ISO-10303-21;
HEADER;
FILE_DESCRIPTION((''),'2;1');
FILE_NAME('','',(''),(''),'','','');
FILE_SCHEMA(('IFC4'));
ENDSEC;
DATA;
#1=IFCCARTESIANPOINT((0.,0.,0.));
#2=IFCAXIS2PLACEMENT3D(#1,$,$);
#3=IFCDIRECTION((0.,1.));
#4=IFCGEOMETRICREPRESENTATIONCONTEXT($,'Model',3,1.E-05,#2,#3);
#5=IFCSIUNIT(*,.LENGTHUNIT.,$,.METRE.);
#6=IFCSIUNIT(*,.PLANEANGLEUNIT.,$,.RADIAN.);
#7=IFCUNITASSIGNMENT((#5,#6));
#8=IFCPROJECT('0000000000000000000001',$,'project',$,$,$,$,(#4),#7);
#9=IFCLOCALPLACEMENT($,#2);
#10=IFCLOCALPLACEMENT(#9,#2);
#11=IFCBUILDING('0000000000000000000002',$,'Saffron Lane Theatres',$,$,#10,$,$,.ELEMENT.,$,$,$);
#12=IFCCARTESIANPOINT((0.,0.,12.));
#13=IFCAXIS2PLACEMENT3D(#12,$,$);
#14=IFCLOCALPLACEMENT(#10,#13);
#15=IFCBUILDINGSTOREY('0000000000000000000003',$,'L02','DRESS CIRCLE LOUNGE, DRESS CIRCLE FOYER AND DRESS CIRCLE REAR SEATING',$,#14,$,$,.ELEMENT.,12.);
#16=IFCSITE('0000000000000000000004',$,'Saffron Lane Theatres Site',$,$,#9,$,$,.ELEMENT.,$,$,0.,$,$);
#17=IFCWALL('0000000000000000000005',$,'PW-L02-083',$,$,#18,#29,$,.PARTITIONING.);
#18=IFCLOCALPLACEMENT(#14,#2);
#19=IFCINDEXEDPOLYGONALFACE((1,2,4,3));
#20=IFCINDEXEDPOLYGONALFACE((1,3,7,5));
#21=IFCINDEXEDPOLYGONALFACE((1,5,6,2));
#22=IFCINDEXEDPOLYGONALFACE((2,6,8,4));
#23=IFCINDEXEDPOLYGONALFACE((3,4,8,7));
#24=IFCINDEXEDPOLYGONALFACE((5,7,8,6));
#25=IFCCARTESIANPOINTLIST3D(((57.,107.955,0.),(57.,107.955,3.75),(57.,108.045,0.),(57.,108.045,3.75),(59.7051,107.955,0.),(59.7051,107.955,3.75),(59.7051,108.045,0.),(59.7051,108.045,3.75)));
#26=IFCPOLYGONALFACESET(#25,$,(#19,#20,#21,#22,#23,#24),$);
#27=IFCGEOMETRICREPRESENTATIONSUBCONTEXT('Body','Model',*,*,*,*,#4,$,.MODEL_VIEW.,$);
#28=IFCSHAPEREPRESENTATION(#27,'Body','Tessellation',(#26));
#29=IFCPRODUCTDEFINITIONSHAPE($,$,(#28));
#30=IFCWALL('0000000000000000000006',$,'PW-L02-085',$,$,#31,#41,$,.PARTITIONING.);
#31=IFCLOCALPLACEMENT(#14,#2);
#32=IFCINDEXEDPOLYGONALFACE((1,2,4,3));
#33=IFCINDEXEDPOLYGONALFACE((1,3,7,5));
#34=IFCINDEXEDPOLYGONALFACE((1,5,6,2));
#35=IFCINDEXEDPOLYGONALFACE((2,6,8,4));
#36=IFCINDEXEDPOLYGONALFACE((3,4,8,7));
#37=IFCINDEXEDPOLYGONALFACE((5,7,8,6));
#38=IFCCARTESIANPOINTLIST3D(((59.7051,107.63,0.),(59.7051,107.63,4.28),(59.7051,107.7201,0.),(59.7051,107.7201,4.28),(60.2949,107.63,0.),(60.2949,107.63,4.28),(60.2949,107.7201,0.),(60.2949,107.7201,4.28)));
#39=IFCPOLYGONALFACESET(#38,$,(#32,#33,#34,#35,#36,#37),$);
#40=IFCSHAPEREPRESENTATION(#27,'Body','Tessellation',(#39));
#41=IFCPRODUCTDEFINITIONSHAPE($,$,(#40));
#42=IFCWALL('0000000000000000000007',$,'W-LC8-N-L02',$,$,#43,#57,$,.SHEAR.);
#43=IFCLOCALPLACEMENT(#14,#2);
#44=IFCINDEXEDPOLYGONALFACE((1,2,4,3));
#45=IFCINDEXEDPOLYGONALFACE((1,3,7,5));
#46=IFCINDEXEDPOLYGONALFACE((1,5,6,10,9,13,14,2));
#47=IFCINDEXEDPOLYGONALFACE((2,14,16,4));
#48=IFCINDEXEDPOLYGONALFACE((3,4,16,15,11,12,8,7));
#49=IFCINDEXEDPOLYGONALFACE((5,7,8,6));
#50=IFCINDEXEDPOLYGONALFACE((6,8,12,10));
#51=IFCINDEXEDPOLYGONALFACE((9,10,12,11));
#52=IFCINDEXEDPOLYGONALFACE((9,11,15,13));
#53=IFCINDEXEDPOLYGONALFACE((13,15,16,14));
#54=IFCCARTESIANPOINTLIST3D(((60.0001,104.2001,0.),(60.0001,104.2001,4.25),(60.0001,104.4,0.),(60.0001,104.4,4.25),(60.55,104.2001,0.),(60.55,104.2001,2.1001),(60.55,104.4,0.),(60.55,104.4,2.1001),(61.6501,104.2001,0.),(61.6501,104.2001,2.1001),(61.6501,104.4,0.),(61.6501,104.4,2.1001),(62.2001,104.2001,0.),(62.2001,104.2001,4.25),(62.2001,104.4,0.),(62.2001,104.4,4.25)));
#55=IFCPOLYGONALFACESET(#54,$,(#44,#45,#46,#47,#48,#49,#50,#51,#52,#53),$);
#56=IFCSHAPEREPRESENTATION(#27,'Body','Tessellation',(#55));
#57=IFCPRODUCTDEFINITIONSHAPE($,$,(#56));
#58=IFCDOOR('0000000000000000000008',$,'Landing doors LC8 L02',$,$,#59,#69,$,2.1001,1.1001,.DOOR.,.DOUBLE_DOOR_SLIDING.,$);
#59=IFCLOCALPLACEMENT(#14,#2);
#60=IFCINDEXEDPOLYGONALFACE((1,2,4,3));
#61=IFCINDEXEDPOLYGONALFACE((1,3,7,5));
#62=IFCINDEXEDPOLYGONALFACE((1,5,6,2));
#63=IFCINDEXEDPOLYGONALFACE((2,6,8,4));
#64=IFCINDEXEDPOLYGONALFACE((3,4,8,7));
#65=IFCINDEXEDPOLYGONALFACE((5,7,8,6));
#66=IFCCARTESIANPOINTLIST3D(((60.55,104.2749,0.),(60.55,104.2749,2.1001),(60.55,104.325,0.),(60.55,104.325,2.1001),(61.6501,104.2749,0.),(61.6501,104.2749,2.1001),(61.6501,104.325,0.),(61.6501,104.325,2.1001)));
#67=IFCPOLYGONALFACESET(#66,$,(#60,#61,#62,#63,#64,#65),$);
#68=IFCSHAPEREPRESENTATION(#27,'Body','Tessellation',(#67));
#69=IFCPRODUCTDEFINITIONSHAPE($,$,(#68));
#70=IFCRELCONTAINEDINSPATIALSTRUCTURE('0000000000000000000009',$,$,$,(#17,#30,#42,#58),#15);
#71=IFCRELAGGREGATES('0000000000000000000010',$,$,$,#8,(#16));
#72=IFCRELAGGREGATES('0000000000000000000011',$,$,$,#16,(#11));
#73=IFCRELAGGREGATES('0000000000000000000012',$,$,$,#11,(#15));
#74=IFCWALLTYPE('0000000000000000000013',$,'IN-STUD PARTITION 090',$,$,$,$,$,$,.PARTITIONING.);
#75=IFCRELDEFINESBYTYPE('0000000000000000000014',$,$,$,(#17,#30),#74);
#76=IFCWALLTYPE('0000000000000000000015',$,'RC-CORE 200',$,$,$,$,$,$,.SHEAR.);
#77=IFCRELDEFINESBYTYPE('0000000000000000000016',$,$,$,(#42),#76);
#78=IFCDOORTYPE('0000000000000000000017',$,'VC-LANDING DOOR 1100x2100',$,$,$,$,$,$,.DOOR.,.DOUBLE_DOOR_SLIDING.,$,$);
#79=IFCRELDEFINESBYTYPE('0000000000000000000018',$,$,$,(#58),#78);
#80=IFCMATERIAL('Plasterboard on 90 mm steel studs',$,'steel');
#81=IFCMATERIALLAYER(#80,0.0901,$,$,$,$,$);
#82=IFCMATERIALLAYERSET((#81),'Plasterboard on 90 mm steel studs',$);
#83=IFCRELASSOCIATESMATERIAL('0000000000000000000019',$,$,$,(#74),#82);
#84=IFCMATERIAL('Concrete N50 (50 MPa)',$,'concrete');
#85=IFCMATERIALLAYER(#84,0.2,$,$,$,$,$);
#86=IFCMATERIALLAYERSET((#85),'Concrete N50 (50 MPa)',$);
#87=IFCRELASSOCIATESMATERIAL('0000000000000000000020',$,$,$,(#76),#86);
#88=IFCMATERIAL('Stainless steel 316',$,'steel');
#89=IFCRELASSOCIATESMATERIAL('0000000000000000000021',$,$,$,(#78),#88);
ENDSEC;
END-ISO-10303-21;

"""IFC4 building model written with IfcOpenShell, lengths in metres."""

from ifc_helpers import new_model, si_unit, direction, frame, frame_2d, origin, place, context, subcontext, project, spatial, rectangle, extrude, material, layer, layer_set, type_object, element, fill, save


model = new_model("IFC4")

# Units and contexts
model_context = context("Model", 3, precision=1e-05, world=origin(), true_north=direction((0.0, 1.0)))
body_context = subcontext(model_context, "Body", "Model", "MODEL_VIEW")
ifc_project = project(units=[si_unit("LENGTHUNIT", "METRE"), si_unit("PLANEANGLEUNIT", "RADIAN")], contexts=[model_context])

# Site, building, storey
site_placement = place(None, origin())
site = spatial("IfcSite", under=ifc_project, at=site_placement, Name="Saffron Lane Theatres Site", CompositionType="ELEMENT", RefElevation=0.0)
building_placement = place(site_placement, origin())
building = spatial("IfcBuilding", under=site, at=building_placement, Name="Saffron Lane Theatres", CompositionType="ELEMENT")
storey_placement = place(building_placement, frame((0.0, 0.0, 12.0)))
storey = spatial("IfcBuildingStorey", under=building, at=storey_placement, Name="L02", Description="DRESS CIRCLE LOUNGE, DRESS CIRCLE FOYER AND DRESS CIRCLE REAR SEATING", CompositionType="ELEMENT", Elevation=12.0)

# Shared definitions
ifc_material_1 = material(Name="Plasterboard on 90 mm steel studs", Category="steel")
ifc_layer_1 = layer(ifc_material_1, 0.0901)
ifc_layer_set_1 = layer_set([ifc_layer_1], Name="Plasterboard on 90 mm steel studs")
wall_type_1 = type_object("IfcWallType", Name="IN-STUD PARTITION 090", PredefinedType="PARTITIONING", material=ifc_layer_set_1)

# Walls
wall_1_placement = place(storey_placement, frame((57.0, 108.0, 0.0), z_axis=(0.0, 0.0, 1.0), x_axis=(1.0, 0.0, 0.0)))
element("IfcWall", 1, at=wall_1_placement, inside=storey, type_object=wall_type_1, Name="PW-L02-083", PredefinedType="PARTITIONING", context=body_context, shape_type="SweptSolid", body=[
    extrude(rectangle(XDim=2.7051, YDim=0.0901, at=frame_2d((1.3525, 0.0))), origin(), (0.0, 0.0, 1.0), 3.75),
])
wall_2_placement = place(storey_placement, frame((59.7051, 107.675, 0.0), z_axis=(0.0, 0.0, 1.0), x_axis=(1.0, 0.0, 0.0)))
element("IfcWall", 2, at=wall_2_placement, inside=storey, type_object=wall_type_1, Name="PW-L02-085", PredefinedType="PARTITIONING", context=body_context, shape_type="SweptSolid", body=[
    extrude(rectangle(XDim=0.5898, YDim=0.0901, at=frame_2d((0.2949, 0.0))), origin(), (0.0, 0.0, 1.0), 4.28),
])

# Wall, opening, door
ifc_material_2 = material(Name="Concrete N50 (50 MPa)", Category="concrete")
ifc_layer_2 = layer(ifc_material_2, 0.2)
ifc_layer_set_2 = layer_set([ifc_layer_2], Name="Concrete N50 (50 MPa)")
wall_type_2 = type_object("IfcWallType", Name="RC-CORE 200", PredefinedType="SHEAR", material=ifc_layer_set_2)
wall_3_placement = place(storey_placement, frame((60.0, 104.3, 0.0), z_axis=(0.0, 0.0, 1.0), x_axis=(1.0, 0.0, 0.0)))
wall_3 = element("IfcWall", 3, at=wall_3_placement, inside=storey, type_object=wall_type_2, Name="W-LC8-N-L02", PredefinedType="SHEAR", context=body_context, shape_type="SweptSolid", body=[
    extrude(rectangle(XDim=2.2, YDim=0.2, at=frame_2d((1.1001, 0.0))), origin(), (0.0, 0.0, 1.0), 4.25),
])
opening_1_placement = place(wall_3_placement, frame((0.55, 0.0, 0.0)))
opening_1 = element("IfcOpeningElement", 4, at=opening_1_placement, cuts=wall_3, PredefinedType="OPENING", context=body_context, shape_type="SweptSolid", body=[
    extrude(rectangle(XDim=1.1001, YDim=2.1001, at=frame_2d((0.55, 1.05))), frame((0.0, 0.1099, 0.0), z_axis=(0.0, -1.0, 0.0), x_axis=(1.0, 0.0, 0.0)), (0.0, 0.0, 1.0), 0.22),
])
ifc_material_3 = material(Name="Stainless steel 316", Category="steel")
door_type_1 = type_object("IfcDoorType", Name="VC-LANDING DOOR 1100x2100", OperationType="DOUBLE_DOOR_SLIDING", PredefinedType="DOOR", material=ifc_material_3)
door_1_placement = place(opening_1_placement, origin())
door_1 = element("IfcDoor", 5, at=door_1_placement, inside=storey, type_object=door_type_1, Name="Landing doors LC8 L02", OperationType="DOUBLE_DOOR_SLIDING", OverallHeight=2.1001, OverallWidth=1.1001, PredefinedType="DOOR", context=body_context, shape_type="SweptSolid", body=[
    extrude(rectangle(XDim=1.1001, YDim=2.1001, at=frame_2d((0.55, 1.05))), frame((0.0, 0.0249, 0.0), z_axis=(0.0, -1.0, 0.0), x_axis=(1.0, 0.0, 0.0)), (0.0, 0.0, 1.0), 0.05),
])
fill(opening_1, door_1)

save(model, "model.ifc")
